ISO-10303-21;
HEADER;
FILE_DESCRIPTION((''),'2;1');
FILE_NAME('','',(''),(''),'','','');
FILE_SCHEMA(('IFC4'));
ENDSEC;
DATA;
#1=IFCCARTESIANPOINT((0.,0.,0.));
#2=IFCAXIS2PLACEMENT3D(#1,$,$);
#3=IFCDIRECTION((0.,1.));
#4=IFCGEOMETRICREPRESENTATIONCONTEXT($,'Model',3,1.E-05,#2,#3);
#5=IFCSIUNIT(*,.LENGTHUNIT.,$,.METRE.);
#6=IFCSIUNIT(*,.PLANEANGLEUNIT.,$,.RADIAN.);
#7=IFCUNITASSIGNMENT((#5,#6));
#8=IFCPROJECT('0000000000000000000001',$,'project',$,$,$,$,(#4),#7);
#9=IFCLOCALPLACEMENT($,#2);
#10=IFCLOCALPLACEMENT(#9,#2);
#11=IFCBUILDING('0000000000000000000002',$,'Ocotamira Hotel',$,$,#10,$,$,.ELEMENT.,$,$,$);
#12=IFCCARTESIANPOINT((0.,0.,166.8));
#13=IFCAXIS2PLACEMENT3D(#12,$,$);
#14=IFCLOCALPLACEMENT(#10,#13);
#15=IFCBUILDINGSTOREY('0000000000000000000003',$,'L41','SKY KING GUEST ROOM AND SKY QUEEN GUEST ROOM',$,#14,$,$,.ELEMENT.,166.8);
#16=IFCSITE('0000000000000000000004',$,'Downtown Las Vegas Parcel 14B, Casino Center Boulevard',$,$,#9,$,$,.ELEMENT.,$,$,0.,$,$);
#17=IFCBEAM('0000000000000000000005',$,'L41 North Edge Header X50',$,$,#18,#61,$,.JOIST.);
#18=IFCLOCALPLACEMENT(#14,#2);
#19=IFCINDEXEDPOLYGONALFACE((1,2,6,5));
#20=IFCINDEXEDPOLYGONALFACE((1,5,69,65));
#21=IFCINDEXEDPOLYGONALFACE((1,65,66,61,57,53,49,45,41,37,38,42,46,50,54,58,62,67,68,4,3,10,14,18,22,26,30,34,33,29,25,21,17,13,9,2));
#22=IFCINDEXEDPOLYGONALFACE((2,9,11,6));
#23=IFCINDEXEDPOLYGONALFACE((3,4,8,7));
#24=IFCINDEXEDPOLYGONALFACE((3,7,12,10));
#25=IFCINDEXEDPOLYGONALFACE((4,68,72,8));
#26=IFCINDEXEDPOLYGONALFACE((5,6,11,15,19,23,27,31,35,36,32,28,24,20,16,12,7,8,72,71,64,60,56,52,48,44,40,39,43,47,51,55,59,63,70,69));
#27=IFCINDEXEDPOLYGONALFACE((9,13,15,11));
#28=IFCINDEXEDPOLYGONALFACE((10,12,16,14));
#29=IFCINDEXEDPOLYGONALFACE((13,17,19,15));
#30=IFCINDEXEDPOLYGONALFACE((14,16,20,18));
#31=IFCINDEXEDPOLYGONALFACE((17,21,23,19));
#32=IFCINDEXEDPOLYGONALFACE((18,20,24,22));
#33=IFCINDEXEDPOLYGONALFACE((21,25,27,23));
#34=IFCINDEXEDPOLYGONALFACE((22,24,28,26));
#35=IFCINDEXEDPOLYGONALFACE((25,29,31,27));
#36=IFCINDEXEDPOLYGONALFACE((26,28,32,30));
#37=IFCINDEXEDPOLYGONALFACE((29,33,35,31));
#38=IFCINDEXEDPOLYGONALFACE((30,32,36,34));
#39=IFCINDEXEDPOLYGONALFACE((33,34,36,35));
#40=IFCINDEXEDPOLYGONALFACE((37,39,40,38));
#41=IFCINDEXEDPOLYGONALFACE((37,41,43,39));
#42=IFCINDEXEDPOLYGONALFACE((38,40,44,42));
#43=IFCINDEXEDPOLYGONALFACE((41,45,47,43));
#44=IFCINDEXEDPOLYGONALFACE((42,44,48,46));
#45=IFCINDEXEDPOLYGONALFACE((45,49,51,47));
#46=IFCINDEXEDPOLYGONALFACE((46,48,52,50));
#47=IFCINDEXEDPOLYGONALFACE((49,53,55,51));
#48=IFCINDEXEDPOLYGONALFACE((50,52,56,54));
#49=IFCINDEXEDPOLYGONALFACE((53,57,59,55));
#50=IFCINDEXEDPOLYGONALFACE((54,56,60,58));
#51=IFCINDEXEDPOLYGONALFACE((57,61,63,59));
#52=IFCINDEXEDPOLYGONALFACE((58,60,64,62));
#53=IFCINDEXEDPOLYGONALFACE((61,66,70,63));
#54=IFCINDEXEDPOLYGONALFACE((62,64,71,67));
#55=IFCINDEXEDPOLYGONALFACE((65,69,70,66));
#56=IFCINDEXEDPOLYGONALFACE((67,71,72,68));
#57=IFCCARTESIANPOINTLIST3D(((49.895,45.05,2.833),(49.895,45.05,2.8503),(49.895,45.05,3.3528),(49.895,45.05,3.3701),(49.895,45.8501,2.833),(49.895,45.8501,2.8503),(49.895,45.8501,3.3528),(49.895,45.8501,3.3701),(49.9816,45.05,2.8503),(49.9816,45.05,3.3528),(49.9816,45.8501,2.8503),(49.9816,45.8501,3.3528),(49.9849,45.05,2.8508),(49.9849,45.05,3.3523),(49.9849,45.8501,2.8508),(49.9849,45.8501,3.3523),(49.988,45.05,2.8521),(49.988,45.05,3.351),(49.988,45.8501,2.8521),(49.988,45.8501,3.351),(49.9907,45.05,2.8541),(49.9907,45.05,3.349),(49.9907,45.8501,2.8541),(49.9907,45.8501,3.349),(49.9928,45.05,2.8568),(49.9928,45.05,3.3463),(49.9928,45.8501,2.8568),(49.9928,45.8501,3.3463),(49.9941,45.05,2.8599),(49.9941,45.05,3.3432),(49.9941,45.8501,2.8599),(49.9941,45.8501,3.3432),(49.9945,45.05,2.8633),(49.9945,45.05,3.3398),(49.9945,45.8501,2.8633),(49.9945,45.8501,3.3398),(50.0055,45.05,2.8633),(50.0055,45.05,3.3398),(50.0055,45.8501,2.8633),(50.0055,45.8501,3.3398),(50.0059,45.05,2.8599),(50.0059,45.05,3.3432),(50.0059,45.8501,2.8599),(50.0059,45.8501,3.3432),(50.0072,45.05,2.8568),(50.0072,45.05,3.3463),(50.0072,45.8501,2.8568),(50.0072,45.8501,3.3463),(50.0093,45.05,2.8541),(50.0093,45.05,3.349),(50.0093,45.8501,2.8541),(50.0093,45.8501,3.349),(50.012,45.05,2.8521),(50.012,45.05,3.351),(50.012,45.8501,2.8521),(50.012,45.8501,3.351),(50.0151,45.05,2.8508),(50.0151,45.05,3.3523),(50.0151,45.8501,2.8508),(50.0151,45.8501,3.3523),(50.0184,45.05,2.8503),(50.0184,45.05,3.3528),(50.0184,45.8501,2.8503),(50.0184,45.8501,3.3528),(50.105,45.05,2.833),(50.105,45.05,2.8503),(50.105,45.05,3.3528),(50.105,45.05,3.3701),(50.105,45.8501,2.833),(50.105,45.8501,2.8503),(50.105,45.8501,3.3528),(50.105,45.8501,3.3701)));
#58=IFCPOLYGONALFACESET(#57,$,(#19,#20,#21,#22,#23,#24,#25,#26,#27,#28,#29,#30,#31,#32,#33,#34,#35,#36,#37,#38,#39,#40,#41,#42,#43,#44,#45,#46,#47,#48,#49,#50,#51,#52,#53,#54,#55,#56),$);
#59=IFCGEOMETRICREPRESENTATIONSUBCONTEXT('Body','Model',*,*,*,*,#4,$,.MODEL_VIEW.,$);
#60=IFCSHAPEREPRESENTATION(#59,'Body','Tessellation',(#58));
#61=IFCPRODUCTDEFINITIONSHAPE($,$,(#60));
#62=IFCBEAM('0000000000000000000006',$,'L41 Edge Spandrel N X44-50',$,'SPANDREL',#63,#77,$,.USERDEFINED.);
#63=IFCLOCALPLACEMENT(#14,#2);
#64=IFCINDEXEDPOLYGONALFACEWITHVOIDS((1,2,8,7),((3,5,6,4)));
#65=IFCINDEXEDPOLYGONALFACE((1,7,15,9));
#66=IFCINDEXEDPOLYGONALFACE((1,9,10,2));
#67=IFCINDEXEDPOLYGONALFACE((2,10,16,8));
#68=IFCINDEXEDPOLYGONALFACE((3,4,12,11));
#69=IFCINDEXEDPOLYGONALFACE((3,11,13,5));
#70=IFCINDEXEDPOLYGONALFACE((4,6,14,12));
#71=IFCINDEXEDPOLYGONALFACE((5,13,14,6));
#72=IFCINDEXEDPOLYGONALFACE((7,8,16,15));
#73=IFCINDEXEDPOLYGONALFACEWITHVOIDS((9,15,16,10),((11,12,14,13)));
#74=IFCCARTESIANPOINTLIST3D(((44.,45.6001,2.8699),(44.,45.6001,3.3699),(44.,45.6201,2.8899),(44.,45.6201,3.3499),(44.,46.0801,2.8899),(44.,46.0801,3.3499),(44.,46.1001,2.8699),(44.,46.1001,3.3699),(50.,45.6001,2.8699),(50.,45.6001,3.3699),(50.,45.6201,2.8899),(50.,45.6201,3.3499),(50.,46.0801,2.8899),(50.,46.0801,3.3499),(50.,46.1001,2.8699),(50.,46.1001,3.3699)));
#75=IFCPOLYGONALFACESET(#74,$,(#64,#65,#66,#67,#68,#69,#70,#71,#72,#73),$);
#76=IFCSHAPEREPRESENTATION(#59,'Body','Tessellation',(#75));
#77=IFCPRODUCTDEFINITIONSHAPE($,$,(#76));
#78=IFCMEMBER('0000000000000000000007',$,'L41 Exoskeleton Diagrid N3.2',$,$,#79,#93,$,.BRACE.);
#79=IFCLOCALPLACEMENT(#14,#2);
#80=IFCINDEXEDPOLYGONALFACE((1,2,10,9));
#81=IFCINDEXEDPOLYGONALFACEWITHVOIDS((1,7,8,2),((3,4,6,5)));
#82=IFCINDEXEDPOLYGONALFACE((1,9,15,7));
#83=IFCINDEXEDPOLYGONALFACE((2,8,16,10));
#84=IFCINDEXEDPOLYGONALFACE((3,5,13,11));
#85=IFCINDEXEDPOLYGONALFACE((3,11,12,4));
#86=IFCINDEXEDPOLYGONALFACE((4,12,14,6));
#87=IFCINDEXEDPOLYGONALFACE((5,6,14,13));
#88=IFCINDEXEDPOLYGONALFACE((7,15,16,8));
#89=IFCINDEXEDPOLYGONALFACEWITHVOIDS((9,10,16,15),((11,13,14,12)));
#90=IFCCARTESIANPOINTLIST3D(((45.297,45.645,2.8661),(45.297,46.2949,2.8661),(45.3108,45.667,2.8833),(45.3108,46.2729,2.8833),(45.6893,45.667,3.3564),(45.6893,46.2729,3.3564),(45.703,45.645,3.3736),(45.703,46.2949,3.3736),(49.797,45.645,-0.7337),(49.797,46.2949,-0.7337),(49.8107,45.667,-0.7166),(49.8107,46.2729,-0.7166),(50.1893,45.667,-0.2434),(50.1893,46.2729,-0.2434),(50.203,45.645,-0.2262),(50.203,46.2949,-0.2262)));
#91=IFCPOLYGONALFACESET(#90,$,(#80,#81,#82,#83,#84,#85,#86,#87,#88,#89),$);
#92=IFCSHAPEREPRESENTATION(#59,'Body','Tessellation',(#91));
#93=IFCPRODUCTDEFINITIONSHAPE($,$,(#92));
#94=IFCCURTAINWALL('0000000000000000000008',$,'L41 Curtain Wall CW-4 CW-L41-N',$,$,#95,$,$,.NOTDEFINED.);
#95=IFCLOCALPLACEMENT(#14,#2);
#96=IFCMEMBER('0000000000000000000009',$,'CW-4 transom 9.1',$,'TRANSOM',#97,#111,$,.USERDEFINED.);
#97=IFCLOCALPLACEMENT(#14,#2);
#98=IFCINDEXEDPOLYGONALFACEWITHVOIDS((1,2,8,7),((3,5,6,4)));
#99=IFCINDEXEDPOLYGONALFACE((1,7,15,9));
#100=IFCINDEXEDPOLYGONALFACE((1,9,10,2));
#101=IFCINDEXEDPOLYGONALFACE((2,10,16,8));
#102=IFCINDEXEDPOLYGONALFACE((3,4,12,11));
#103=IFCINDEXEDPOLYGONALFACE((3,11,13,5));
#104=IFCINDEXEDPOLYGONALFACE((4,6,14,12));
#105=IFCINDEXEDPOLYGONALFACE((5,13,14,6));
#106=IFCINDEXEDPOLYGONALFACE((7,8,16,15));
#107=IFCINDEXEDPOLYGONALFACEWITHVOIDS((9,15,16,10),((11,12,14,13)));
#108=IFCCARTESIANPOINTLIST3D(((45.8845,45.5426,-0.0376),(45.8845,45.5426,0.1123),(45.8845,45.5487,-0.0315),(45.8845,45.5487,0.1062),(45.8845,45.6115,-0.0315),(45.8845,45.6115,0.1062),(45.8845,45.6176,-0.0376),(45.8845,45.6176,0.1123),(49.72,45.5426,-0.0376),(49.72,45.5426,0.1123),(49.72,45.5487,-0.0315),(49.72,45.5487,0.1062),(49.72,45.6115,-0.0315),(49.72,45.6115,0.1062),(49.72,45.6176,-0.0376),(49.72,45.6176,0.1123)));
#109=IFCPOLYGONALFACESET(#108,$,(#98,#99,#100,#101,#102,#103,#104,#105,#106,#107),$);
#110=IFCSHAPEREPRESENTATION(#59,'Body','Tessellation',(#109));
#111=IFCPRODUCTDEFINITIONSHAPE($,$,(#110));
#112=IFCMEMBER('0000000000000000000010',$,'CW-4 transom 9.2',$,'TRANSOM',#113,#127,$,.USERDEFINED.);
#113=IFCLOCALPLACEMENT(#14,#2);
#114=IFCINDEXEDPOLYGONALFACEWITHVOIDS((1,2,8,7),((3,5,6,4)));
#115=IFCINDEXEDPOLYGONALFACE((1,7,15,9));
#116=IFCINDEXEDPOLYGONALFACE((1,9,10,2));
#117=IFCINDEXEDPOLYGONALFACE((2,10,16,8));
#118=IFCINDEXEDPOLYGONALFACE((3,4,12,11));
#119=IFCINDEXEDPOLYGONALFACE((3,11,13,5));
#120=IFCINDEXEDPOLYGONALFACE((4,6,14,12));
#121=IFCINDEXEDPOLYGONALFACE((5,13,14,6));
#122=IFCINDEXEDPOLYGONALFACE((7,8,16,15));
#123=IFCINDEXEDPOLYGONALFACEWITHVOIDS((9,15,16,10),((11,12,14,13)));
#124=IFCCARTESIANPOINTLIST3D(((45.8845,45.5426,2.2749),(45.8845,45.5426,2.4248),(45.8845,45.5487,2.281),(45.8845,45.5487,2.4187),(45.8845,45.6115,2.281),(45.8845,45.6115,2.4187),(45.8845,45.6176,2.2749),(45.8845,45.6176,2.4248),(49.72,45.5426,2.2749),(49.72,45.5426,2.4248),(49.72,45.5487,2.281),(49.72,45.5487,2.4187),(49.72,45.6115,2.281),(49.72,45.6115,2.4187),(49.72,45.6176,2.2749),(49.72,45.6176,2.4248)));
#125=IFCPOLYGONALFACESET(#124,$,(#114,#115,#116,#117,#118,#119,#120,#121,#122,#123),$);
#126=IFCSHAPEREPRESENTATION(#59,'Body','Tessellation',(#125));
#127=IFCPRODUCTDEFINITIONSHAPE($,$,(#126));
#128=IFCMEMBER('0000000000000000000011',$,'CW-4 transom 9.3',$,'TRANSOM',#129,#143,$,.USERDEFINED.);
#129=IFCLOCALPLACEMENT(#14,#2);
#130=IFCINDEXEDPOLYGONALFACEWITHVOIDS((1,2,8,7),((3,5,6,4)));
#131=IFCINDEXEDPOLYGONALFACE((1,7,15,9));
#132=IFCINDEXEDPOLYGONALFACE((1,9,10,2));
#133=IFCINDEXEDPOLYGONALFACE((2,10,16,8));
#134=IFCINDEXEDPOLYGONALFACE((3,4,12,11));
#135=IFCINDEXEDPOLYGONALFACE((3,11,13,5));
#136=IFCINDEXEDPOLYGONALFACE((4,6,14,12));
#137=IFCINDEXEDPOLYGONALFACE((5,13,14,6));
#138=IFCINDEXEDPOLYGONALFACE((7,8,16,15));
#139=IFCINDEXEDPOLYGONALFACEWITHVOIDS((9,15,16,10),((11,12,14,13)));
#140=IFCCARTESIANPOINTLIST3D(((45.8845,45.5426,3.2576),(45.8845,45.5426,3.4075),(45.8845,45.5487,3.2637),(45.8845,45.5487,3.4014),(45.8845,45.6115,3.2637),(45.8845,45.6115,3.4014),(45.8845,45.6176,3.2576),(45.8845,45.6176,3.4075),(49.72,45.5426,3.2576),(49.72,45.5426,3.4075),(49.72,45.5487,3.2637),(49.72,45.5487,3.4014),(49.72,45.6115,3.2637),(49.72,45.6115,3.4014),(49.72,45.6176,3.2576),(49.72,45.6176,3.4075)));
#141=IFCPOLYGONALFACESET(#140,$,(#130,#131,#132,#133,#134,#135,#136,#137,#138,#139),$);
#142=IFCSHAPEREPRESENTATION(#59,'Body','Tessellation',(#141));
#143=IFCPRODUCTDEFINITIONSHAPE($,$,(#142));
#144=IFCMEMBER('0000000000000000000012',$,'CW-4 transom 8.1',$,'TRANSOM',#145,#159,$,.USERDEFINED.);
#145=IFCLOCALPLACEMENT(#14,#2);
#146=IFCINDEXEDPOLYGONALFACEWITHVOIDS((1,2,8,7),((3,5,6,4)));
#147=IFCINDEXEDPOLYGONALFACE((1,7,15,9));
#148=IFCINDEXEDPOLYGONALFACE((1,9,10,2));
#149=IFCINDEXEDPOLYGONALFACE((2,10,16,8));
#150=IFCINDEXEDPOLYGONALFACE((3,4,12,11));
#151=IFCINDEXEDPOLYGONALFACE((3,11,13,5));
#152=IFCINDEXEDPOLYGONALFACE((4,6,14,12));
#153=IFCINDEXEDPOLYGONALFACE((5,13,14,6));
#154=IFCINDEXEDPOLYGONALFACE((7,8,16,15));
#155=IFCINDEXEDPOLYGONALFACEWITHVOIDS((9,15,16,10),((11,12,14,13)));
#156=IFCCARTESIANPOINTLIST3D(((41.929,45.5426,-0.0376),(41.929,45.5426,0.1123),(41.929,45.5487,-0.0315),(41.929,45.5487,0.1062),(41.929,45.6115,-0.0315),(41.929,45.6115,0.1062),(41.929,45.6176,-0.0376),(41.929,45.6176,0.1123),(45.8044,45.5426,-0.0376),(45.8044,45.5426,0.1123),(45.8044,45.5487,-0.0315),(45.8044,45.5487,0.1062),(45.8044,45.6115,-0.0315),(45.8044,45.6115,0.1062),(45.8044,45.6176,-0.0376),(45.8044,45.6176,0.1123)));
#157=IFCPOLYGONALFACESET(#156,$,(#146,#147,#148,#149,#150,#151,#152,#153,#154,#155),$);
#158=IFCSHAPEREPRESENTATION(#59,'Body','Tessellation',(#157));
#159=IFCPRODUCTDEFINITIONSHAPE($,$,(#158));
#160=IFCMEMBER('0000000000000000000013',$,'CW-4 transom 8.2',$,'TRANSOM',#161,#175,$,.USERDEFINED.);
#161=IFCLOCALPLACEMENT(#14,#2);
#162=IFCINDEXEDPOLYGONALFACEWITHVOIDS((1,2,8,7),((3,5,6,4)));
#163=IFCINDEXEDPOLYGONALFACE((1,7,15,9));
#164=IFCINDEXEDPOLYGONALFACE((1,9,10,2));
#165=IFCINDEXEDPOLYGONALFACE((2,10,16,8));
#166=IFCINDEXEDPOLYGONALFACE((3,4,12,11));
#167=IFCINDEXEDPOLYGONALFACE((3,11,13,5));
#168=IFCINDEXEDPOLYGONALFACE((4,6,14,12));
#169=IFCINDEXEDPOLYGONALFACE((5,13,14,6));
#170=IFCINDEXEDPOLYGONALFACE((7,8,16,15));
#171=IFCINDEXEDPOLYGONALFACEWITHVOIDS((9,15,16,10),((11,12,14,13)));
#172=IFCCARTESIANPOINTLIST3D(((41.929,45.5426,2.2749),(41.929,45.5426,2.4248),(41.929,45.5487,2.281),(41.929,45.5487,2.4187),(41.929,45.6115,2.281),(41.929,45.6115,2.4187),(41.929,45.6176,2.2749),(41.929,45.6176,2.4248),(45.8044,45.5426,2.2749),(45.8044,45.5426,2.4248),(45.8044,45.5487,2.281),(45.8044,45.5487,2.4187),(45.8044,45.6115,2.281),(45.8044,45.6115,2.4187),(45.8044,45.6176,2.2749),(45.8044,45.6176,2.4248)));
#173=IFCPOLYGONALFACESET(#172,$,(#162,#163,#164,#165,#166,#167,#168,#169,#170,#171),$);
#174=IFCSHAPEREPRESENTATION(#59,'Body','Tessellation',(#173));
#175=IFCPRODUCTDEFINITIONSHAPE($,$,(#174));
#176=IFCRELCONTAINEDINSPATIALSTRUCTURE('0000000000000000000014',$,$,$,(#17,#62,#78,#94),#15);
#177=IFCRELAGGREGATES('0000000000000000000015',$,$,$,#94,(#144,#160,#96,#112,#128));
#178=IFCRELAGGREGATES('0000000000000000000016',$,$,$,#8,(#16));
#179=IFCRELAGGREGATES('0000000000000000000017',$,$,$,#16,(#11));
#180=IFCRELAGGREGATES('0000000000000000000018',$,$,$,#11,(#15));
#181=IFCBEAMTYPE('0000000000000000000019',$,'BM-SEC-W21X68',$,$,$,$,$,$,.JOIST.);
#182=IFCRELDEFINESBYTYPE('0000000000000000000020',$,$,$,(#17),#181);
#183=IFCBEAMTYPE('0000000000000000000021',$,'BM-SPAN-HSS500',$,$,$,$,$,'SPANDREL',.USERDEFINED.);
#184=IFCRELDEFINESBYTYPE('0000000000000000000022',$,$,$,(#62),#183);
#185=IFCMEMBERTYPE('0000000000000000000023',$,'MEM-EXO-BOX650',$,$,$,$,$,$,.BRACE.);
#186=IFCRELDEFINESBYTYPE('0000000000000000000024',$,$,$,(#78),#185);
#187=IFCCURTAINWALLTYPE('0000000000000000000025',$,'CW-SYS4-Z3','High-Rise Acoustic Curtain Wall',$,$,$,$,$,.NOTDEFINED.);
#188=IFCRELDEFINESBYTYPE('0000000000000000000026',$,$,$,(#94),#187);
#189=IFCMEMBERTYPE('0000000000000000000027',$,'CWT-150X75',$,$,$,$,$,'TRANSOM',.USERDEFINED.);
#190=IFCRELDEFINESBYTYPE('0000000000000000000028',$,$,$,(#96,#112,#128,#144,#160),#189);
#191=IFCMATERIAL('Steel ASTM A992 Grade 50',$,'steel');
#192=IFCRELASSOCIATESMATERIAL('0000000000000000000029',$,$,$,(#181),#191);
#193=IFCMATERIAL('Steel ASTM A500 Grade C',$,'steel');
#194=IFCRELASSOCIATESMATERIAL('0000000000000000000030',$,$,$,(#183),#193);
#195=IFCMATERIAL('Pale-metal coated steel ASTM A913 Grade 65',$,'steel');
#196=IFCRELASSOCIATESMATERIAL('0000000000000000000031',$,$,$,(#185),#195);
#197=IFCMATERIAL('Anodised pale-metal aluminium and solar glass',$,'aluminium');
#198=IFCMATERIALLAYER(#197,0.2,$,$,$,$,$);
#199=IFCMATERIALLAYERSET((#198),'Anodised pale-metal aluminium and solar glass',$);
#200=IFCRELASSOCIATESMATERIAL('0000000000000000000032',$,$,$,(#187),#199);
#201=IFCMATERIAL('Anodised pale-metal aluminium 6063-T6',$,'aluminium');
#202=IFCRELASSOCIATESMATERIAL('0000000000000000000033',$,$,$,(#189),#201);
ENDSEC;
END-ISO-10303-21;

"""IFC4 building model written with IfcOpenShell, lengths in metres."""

from ifc_helpers import new_model, si_unit, direction, frame, origin, origin_2d, place, context, subcontext, project, spatial, hollow_rectangle, i_section, extrude, source, transform, mapped, material, layer, layer_set, material_profile, profile_set, type_object, element, aggregate, save


model = new_model("IFC4")

# Units and contexts
model_context = context("Model", 3, precision=1e-05, world=origin(), true_north=direction((0.0, 1.0)))
body_context = subcontext(model_context, "Body", "Model", "MODEL_VIEW")
ifc_project = project(units=[si_unit("LENGTHUNIT", "METRE"), si_unit("PLANEANGLEUNIT", "RADIAN")], contexts=[model_context])

# Site, building, storey
site_placement = place(None, origin())
site = spatial("IfcSite", under=ifc_project, at=site_placement, Name="Downtown Las Vegas Parcel 14B, Casino Center Boulevard", CompositionType="ELEMENT", RefElevation=0.0)
building_placement = place(site_placement, origin())
building = spatial("IfcBuilding", under=site, at=building_placement, Name="Ocotamira Hotel", CompositionType="ELEMENT")
storey_placement = place(building_placement, frame((0.0, 0.0, 166.8)))
storey = spatial("IfcBuildingStorey", under=building, at=storey_placement, Name="L41", Description="SKY KING GUEST ROOM AND SKY QUEEN GUEST ROOM", CompositionType="ELEMENT", Elevation=166.8)

# Beams
ifc_material_1 = material(Name="Steel ASTM A992 Grade 50", Category="steel")
ifc_material_profile_1 = material_profile(ifc_material_1, i_section(OverallWidth=0.21, OverallDepth=0.5371, WebThickness=0.011, FlangeThickness=0.0173, FilletRadius=0.0129, at=origin_2d()), Name="W21X68")
ifc_profile_set_1 = profile_set([ifc_material_profile_1], Name="Steel ASTM A992 Grade 50")
beam_type_1 = type_object("IfcBeamType", Name="BM-SEC-W21X68", PredefinedType="JOIST", material=ifc_profile_set_1)
shared_shape_1 = source(origin(), body_context, "Body", "SweptSolid", [
    extrude(i_section(OverallWidth=0.21, OverallDepth=0.5371, WebThickness=0.011, FlangeThickness=0.0173, FilletRadius=0.0129, at=origin_2d()), origin(), (0.0, 0.0, 1.0), 0.8),
])
for number, where, z_axis, x_axis, name in (
    (1, (50.0, 45.05, 3.1016), (0.0, 1.0, 0.0), (-1.0, 0.0, 0.0), "L41 North Edge Header X50"),
):
    element("IfcBeam", number, at=place(storey_placement, frame(where, z_axis=z_axis, x_axis=x_axis)), inside=storey, type_object=beam_type_1, Name=name, PredefinedType="JOIST", context=body_context, shape_type="MappedRepresentation", body=[
        mapped(shared_shape_1, transform((0.0, 0.0, 0.0), scale=1.0)),
    ])
ifc_material_2 = material(Name="Steel ASTM A500 Grade C", Category="steel")
ifc_material_profile_2 = material_profile(ifc_material_2, hollow_rectangle(XDim=0.5, YDim=0.5, WallThickness=0.02, at=origin_2d()), Name="HSS500X500X20")
ifc_profile_set_2 = profile_set([ifc_material_profile_2], Name="Steel ASTM A500 Grade C")
beam_type_2 = type_object("IfcBeamType", Name="BM-SPAN-HSS500", ElementType="SPANDREL", PredefinedType="USERDEFINED", material=ifc_profile_set_2)
shared_shape_2 = source(origin(), body_context, "Body", "SweptSolid", [
    extrude(hollow_rectangle(XDim=0.5, YDim=0.5, WallThickness=0.02, at=origin_2d()), origin(), (0.0, 0.0, 1.0), 6.0),
])
beam_1_placement = place(storey_placement, frame((44.0, 45.8501, 3.1199), z_axis=(1.0, 0.0, 0.0), x_axis=(0.0, 1.0, 0.0)))
element("IfcBeam", 2, at=beam_1_placement, inside=storey, type_object=beam_type_2, Name="L41 Edge Spandrel N X44-50", ObjectType="SPANDREL", PredefinedType="USERDEFINED", context=body_context, shape_type="MappedRepresentation", body=[
    mapped(shared_shape_2, transform((0.0, 0.0, 0.0), scale=1.0)),
])

# Member
ifc_material_3 = material(Name="Pale-metal coated steel ASTM A913 Grade 65", Category="steel")
ifc_material_profile_3 = material_profile(ifc_material_3, hollow_rectangle(XDim=0.6499, YDim=0.6499, WallThickness=0.022, at=origin_2d()), Name="BOX650X650X22")
ifc_profile_set_3 = profile_set([ifc_material_profile_3], Name="Pale-metal coated steel ASTM A913 Grade 65")
member_type_1 = type_object("IfcMemberType", Name="MEM-EXO-BOX650", PredefinedType="BRACE", material=ifc_profile_set_3)
shared_shape_3 = source(origin(), body_context, "Body", "SweptSolid", [
    extrude(hollow_rectangle(XDim=0.6499, YDim=0.6499, WallThickness=0.022, at=origin_2d()), origin(), (0.0, 0.0, 1.0), 5.7627),
])
member_1_placement = place(storey_placement, frame((50.0, 45.97, -0.48), z_axis=(-0.780881, 0.0, 0.62468), x_axis=(0.0, -1.0, 0.0)))
element("IfcMember", 3, at=member_1_placement, inside=storey, type_object=member_type_1, Name="L41 Exoskeleton Diagrid N3.2", PredefinedType="BRACE", context=body_context, shape_type="MappedRepresentation", body=[
    mapped(shared_shape_3, transform((0.0, 0.0, 0.0), scale=1.0)),
])

# Curtain wall, members
ifc_material_4 = material(Name="Anodised pale-metal aluminium and solar glass", Category="aluminium")
ifc_layer_1 = layer(ifc_material_4, 0.2)
ifc_layer_set_1 = layer_set([ifc_layer_1], Name="Anodised pale-metal aluminium and solar glass")
curtain_wall_type = type_object("IfcCurtainWallType", Name="CW-SYS4-Z3", Description="High-Rise Acoustic Curtain Wall", PredefinedType="NOTDEFINED", material=ifc_layer_set_1)
curtain_wall_placement = place(storey_placement, origin())
curtain_wall = element("IfcCurtainWall", 4, at=curtain_wall_placement, inside=storey, type_object=curtain_wall_type, Name="L41 Curtain Wall CW-4 CW-L41-N", PredefinedType="NOTDEFINED")
ifc_material_5 = material(Name="Anodised pale-metal aluminium 6063-T6", Category="aluminium")
ifc_material_profile_4 = material_profile(ifc_material_5, hollow_rectangle(XDim=0.075, YDim=0.1499, WallThickness=0.0061, at=origin_2d()), Name="HSS150X75X6")
ifc_profile_set_4 = profile_set([ifc_material_profile_4], Name="Anodised pale-metal aluminium 6063-T6")
member_type_2 = type_object("IfcMemberType", Name="CWT-150X75", ElementType="TRANSOM", PredefinedType="USERDEFINED", material=ifc_profile_set_4)
shared_shape_4 = source(origin(), body_context, "Body", "SweptSolid", [
    extrude(hollow_rectangle(XDim=0.075, YDim=0.1499, WallThickness=0.0061, at=origin_2d()), origin(), (0.0, 0.0, 1.0), 3.8354),
])
member_2_placement = place(storey_placement, frame((45.8845, 45.5801, 0.0374), z_axis=(1.0, 0.0, 0.0), x_axis=(0.0, 1.0, 0.0)))
member_2 = element("IfcMember", 5, at=member_2_placement, type_object=member_type_2, Name="CW-4 transom 9.1", ObjectType="TRANSOM", PredefinedType="USERDEFINED", context=body_context, shape_type="MappedRepresentation", body=[
    mapped(shared_shape_4, transform((0.0, 0.0, 0.0), scale=1.0)),
])
member_3_placement = place(storey_placement, frame((45.8845, 45.5801, 2.3499), z_axis=(1.0, 0.0, 0.0), x_axis=(0.0, 1.0, 0.0)))
member_3 = element("IfcMember", 6, at=member_3_placement, type_object=member_type_2, Name="CW-4 transom 9.2", ObjectType="TRANSOM", PredefinedType="USERDEFINED", context=body_context, shape_type="MappedRepresentation", body=[
    mapped(shared_shape_4, transform((0.0, 0.0, 0.0), scale=1.0)),
])
member_4_placement = place(storey_placement, frame((45.8845, 45.5801, 3.3325), z_axis=(1.0, 0.0, 0.0), x_axis=(0.0, 1.0, 0.0)))
member_4 = element("IfcMember", 7, at=member_4_placement, type_object=member_type_2, Name="CW-4 transom 9.3", ObjectType="TRANSOM", PredefinedType="USERDEFINED", context=body_context, shape_type="MappedRepresentation", body=[
    mapped(shared_shape_4, transform((0.0, 0.0, 0.0), scale=1.0)),
])
shared_shape_5 = source(origin(), body_context, "Body", "SweptSolid", [
    extrude(hollow_rectangle(XDim=0.075, YDim=0.1499, WallThickness=0.0061, at=origin_2d()), origin(), (0.0, 0.0, 1.0), 3.8755),
])
member_5_placement = place(storey_placement, frame((41.929, 45.5801, 0.0374), z_axis=(1.0, 0.0, 0.0), x_axis=(0.0, 1.0, 0.0)))
member_5 = element("IfcMember", 8, at=member_5_placement, type_object=member_type_2, Name="CW-4 transom 8.1", ObjectType="TRANSOM", PredefinedType="USERDEFINED", context=body_context, shape_type="MappedRepresentation", body=[
    mapped(shared_shape_5, transform((0.0, 0.0, 0.0), scale=1.0)),
])
member_6_placement = place(storey_placement, frame((41.929, 45.5801, 2.3499), z_axis=(1.0, 0.0, 0.0), x_axis=(0.0, 1.0, 0.0)))
member_6 = element("IfcMember", 9, at=member_6_placement, type_object=member_type_2, Name="CW-4 transom 8.2", ObjectType="TRANSOM", PredefinedType="USERDEFINED", context=body_context, shape_type="MappedRepresentation", body=[
    mapped(shared_shape_5, transform((0.0, 0.0, 0.0), scale=1.0)),
])

aggregate(curtain_wall, [member_5, member_6, member_2, member_3, member_4])

save(model, "model.ifc")
